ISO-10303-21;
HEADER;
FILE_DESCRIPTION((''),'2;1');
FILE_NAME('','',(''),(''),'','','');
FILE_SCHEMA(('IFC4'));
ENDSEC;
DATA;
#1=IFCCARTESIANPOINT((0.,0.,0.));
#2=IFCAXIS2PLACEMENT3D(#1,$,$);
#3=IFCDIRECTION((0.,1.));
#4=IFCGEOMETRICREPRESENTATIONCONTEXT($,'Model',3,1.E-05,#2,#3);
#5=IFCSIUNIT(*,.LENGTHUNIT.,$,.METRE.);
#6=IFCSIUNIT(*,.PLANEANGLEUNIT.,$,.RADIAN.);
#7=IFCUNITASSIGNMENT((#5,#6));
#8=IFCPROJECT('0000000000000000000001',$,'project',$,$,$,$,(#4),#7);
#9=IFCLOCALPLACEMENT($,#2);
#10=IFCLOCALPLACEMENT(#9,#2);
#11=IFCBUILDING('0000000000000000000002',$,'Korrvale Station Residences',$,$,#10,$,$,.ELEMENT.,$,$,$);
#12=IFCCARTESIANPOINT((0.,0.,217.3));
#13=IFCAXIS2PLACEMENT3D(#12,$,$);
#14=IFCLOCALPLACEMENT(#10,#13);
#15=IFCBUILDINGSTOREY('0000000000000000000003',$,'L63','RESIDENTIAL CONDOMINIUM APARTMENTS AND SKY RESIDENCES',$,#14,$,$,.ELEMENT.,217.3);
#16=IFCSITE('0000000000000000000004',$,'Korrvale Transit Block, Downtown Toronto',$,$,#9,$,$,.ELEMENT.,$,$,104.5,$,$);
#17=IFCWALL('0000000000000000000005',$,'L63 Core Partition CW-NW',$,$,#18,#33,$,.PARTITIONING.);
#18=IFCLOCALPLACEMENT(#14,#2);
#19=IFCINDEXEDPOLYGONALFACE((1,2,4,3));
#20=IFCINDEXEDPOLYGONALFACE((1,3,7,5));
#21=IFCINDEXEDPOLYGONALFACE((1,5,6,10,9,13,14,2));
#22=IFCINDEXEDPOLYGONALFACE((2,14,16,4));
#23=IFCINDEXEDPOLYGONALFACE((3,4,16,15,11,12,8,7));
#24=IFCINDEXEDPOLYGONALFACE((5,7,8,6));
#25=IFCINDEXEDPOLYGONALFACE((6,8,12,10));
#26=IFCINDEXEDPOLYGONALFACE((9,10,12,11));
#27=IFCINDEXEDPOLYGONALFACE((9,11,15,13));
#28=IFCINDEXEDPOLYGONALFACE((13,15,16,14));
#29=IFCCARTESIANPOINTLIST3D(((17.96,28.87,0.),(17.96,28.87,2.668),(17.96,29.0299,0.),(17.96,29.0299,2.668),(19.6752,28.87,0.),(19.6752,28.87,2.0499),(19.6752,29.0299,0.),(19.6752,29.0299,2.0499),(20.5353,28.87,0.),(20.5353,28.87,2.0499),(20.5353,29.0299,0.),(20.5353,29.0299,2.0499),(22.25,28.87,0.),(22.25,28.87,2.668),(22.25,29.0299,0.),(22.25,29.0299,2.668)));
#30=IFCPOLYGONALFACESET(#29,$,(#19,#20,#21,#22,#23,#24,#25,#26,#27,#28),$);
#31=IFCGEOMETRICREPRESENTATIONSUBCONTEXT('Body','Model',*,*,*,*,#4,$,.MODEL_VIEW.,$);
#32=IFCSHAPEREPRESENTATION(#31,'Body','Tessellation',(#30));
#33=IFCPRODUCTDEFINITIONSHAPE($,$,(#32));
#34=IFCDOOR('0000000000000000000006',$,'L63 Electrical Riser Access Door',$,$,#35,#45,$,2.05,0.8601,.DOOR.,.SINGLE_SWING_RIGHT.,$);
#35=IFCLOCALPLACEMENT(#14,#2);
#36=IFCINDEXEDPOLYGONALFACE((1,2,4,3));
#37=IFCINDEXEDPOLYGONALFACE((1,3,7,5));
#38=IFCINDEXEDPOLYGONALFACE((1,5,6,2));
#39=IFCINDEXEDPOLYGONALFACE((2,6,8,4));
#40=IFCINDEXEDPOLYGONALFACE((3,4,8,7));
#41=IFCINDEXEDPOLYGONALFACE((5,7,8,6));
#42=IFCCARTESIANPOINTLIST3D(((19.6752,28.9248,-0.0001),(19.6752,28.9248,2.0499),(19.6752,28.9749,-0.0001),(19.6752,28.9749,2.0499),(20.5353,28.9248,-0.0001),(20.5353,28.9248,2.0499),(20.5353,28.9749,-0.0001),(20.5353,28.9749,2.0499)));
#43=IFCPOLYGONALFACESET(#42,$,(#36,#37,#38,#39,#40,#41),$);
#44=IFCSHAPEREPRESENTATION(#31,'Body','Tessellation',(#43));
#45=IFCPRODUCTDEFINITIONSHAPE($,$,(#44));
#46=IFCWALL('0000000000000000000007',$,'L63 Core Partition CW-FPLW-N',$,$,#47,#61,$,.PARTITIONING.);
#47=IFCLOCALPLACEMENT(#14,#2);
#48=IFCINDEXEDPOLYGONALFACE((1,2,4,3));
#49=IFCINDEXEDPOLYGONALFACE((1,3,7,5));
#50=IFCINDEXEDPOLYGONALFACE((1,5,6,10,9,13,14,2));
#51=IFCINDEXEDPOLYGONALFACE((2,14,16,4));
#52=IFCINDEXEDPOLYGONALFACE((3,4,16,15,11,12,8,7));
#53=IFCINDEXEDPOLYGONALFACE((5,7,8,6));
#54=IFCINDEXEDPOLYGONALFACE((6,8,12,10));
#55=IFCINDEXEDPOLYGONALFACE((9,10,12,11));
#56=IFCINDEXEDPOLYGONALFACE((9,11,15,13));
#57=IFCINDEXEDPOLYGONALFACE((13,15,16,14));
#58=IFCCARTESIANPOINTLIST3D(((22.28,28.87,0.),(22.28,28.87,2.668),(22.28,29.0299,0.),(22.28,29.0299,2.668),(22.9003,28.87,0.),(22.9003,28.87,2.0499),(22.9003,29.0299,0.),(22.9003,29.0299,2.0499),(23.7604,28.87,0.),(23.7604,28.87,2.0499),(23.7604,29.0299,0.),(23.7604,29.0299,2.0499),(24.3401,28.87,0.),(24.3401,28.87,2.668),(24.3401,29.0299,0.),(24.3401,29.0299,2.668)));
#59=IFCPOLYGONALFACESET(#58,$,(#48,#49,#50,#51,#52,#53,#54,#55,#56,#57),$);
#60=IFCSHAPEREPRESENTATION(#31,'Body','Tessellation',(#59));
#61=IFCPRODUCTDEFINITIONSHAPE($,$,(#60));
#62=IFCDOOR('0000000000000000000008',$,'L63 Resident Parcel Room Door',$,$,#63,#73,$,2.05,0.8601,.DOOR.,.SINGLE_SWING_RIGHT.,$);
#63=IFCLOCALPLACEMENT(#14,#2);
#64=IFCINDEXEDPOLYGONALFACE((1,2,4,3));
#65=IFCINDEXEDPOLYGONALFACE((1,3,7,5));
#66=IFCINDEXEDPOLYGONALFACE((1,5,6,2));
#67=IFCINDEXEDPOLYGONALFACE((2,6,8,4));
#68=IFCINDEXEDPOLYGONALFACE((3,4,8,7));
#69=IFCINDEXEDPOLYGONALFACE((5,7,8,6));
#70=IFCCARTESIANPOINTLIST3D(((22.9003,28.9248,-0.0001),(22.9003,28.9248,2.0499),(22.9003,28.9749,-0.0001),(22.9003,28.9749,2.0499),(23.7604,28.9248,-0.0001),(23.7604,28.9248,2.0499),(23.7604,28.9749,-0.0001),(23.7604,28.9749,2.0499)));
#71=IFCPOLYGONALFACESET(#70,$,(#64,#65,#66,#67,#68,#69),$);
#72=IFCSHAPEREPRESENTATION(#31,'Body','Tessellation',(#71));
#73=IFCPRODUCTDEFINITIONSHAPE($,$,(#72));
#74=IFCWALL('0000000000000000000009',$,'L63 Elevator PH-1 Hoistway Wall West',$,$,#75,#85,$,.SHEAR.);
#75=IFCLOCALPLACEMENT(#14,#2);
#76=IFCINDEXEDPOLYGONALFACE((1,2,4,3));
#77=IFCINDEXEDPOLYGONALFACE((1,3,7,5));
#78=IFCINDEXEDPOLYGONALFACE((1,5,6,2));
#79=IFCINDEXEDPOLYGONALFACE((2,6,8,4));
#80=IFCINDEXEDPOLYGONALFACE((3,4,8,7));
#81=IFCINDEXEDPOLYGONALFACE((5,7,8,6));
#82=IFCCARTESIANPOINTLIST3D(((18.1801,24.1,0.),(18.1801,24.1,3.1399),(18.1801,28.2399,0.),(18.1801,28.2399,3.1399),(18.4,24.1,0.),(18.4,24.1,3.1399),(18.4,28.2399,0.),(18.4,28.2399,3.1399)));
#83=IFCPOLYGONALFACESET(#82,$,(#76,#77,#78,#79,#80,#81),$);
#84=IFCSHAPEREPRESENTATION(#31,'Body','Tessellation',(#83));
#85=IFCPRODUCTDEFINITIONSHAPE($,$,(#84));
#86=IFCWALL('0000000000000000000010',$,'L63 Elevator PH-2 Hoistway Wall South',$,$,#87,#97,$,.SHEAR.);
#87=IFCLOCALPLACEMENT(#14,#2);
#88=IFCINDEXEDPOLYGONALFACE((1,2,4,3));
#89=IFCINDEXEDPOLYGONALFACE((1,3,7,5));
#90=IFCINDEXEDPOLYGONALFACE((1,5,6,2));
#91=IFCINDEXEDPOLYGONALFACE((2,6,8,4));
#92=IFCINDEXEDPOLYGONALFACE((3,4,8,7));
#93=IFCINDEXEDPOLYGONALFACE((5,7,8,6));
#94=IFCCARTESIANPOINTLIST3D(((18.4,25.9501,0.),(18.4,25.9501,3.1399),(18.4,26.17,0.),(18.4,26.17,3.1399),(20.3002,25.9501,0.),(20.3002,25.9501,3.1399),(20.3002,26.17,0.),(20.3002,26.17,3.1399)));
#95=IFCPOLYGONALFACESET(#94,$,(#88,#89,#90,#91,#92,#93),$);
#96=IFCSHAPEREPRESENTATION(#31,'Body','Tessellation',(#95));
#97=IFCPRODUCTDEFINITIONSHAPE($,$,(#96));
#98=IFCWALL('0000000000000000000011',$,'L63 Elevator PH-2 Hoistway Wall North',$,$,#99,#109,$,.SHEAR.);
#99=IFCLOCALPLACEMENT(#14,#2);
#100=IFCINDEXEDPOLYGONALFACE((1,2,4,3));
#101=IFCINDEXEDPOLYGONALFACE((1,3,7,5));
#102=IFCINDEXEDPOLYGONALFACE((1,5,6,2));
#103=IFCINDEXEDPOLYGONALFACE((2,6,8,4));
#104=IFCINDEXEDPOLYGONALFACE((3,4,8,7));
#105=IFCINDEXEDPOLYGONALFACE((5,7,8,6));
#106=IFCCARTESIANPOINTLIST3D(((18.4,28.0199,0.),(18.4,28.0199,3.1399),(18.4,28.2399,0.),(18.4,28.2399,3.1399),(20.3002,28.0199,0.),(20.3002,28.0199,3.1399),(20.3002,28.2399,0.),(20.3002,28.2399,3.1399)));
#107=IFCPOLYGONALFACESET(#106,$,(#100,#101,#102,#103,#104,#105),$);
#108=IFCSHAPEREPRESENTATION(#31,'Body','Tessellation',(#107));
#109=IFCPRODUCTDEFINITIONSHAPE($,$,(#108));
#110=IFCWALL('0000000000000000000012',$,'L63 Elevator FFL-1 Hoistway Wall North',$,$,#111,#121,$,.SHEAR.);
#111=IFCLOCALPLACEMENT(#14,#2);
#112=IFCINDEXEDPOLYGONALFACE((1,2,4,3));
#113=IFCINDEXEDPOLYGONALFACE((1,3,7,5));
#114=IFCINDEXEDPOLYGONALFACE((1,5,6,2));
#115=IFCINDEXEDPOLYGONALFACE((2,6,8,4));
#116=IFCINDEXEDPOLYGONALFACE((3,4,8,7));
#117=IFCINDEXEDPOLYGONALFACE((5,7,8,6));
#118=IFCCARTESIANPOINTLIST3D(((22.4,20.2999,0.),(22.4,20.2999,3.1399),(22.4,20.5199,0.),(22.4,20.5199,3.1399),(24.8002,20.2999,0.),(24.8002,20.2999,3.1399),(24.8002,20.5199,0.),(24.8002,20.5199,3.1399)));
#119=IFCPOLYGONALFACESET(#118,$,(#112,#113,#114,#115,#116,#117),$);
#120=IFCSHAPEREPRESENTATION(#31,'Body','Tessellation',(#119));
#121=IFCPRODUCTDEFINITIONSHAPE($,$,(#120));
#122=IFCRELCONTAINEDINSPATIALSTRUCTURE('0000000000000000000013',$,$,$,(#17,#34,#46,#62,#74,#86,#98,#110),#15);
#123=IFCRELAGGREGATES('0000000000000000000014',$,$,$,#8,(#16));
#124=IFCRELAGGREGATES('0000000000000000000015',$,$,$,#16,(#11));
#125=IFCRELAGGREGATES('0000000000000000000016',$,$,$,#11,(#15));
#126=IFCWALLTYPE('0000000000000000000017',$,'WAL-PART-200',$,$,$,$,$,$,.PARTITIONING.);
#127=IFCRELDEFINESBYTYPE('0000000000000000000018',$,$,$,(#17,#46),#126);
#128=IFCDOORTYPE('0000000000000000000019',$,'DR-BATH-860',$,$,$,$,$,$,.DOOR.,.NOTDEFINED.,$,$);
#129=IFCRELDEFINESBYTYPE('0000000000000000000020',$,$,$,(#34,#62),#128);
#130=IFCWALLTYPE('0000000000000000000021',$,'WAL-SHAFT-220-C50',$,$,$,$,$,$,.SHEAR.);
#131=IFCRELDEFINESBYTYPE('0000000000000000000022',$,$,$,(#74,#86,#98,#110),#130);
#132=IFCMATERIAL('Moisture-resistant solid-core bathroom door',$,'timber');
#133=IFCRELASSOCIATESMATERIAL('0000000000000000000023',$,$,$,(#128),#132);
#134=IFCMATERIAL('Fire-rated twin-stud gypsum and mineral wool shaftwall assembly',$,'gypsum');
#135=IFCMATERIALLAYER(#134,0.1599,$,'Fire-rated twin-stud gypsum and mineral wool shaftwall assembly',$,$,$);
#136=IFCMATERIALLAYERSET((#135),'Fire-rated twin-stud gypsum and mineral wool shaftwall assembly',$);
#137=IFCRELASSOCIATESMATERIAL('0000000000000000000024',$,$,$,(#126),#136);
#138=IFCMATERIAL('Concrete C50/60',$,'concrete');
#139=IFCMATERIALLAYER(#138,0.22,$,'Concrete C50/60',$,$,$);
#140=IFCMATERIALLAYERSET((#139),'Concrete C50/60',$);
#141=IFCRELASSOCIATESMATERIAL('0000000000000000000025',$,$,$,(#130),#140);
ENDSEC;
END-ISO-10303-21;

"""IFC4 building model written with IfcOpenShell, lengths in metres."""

from ifc_helpers import new_model, si_unit, direction, frame, frame_2d, origin, place, context, subcontext, project, spatial, rectangle, extrude, material, layer, layer_set, type_object, element, fill, save


model = new_model("IFC4")

# Units and contexts
model_context = context("Model", 3, precision=1e-05, world=origin(), true_north=direction((0.0, 1.0)))
body_context = subcontext(model_context, "Body", "Model", "MODEL_VIEW")
ifc_project = project(units=[si_unit("LENGTHUNIT", "METRE"), si_unit("PLANEANGLEUNIT", "RADIAN")], contexts=[model_context])

# Site, building, storey
site_placement = place(None, origin())
site = spatial("IfcSite", under=ifc_project, at=site_placement, Name="Korrvale Transit Block, Downtown Toronto", CompositionType="ELEMENT", RefElevation=104.5)
building_placement = place(site_placement, origin())
building = spatial("IfcBuilding", under=site, at=building_placement, Name="Korrvale Station Residences", CompositionType="ELEMENT")
storey_placement = place(building_placement, frame((0.0, 0.0, 217.3)))
storey = spatial("IfcBuildingStorey", under=building, at=storey_placement, Name="L63", Description="RESIDENTIAL CONDOMINIUM APARTMENTS AND SKY RESIDENCES", CompositionType="ELEMENT", Elevation=217.3)

# Shared definitions
ifc_material_1 = material(Name="Concrete C50/60", Category="concrete")

# Shared definitions
ifc_material_2 = material(Name="Moisture-resistant solid-core bathroom door", Category="timber")
door_type_1 = type_object("IfcDoorType", Name="DR-BATH-860", OperationType="NOTDEFINED", PredefinedType="DOOR", material=ifc_material_2)

# Shared definitions
ifc_material_3 = material(Name="Fire-rated twin-stud gypsum and mineral wool shaftwall assembly", Category="gypsum")
ifc_layer_1 = layer(ifc_material_3, 0.1599, Name="Fire-rated twin-stud gypsum and mineral wool shaftwall assembly")
ifc_layer_set_1 = layer_set([ifc_layer_1], Name="Fire-rated twin-stud gypsum and mineral wool shaftwall assembly")
wall_type_1 = type_object("IfcWallType", Name="WAL-PART-200", PredefinedType="PARTITIONING", material=ifc_layer_set_1)

# Walls, openings, doors
wall_1_placement = place(storey_placement, frame((17.96, 28.95, 0.0), z_axis=(0.0, 0.0, 1.0), x_axis=(1.0, 0.0, 0.0)))
wall_1 = element("IfcWall", 1, at=wall_1_placement, inside=storey, type_object=wall_type_1, Name="L63 Core Partition CW-NW", PredefinedType="PARTITIONING", context=body_context, shape_type="SweptSolid", body=[
    extrude(rectangle(XDim=4.29, YDim=0.1599, at=frame_2d((2.145, 0.0))), origin(), (0.0, 0.0, 1.0), 2.668),
])
opening_1_placement = place(wall_1_placement, frame((1.7151, 0.0, 0.0)))
opening_1 = element("IfcOpeningElement", 2, at=opening_1_placement, cuts=wall_1, PredefinedType="OPENING", context=body_context, shape_type="SweptSolid", body=[
    extrude(rectangle(XDim=0.8601, YDim=2.05, at=frame_2d((0.4302, 1.0249))), frame((0.0, 0.0898, 0.0), z_axis=(0.0, -1.0, 0.0), x_axis=(1.0, 0.0, 0.0)), (0.0, 0.0, 1.0), 0.1799),
])
door_1_placement = place(opening_1_placement, origin())
door_1 = element("IfcDoor", 3, at=door_1_placement, inside=storey, type_object=door_type_1, Name="L63 Electrical Riser Access Door", OperationType="SINGLE_SWING_RIGHT", OverallHeight=2.05, OverallWidth=0.8601, PredefinedType="DOOR", context=body_context, shape_type="SweptSolid", body=[
    extrude(rectangle(XDim=0.8601, YDim=2.05, at=frame_2d((0.4302, 1.0249))), frame((0.0, 0.0249, 0.0), z_axis=(0.0, -1.0, 0.0), x_axis=(1.0, 0.0, 0.0)), (0.0, 0.0, 1.0), 0.05),
])
fill(opening_1, door_1)
wall_2_placement = place(storey_placement, frame((22.28, 28.95, 0.0), z_axis=(0.0, 0.0, 1.0), x_axis=(1.0, 0.0, 0.0)))
wall_2 = element("IfcWall", 4, at=wall_2_placement, inside=storey, type_object=wall_type_1, Name="L63 Core Partition CW-FPLW-N", PredefinedType="PARTITIONING", context=body_context, shape_type="SweptSolid", body=[
    extrude(rectangle(XDim=2.0601, YDim=0.1599, at=frame_2d((1.03, 0.0))), origin(), (0.0, 0.0, 1.0), 2.668),
])
opening_2_placement = place(wall_2_placement, frame((0.6201, 0.0, 0.0)))
opening_2 = element("IfcOpeningElement", 5, at=opening_2_placement, cuts=wall_2, PredefinedType="OPENING", context=body_context, shape_type="SweptSolid", body=[
    extrude(rectangle(XDim=0.8601, YDim=2.05, at=frame_2d((0.4302, 1.0249))), frame((0.0, 0.0898, 0.0), z_axis=(0.0, -1.0, 0.0), x_axis=(1.0, 0.0, 0.0)), (0.0, 0.0, 1.0), 0.1799),
])
door_2_placement = place(opening_2_placement, origin())
door_2 = element("IfcDoor", 6, at=door_2_placement, inside=storey, type_object=door_type_1, Name="L63 Resident Parcel Room Door", OperationType="SINGLE_SWING_RIGHT", OverallHeight=2.05, OverallWidth=0.8601, PredefinedType="DOOR", context=body_context, shape_type="SweptSolid", body=[
    extrude(rectangle(XDim=0.8601, YDim=2.05, at=frame_2d((0.4302, 1.0249))), frame((0.0, 0.0249, 0.0), z_axis=(0.0, -1.0, 0.0), x_axis=(1.0, 0.0, 0.0)), (0.0, 0.0, 1.0), 0.05),
])
fill(opening_2, door_2)

# Wall
ifc_layer_2 = layer(ifc_material_1, 0.22, Name="Concrete C50/60")
ifc_layer_set_2 = layer_set([ifc_layer_2], Name="Concrete C50/60")
wall_type_2 = type_object("IfcWallType", Name="WAL-SHAFT-220-C50", PredefinedType="SHEAR", material=ifc_layer_set_2)
wall_3_placement = place(storey_placement, frame((18.29, 24.1001, 0.0), z_axis=(0.0, 0.0, 1.0), x_axis=(0.0, 1.0, 0.0)))
element("IfcWall", 7, at=wall_3_placement, inside=storey, type_object=wall_type_2, Name="L63 Elevator PH-1 Hoistway Wall West", PredefinedType="SHEAR", context=body_context, shape_type="SweptSolid", body=[
    extrude(rectangle(XDim=4.1399, YDim=0.22, at=frame_2d((2.0698, 0.0))), origin(), (0.0, 0.0, 1.0), 3.1399),
])

# Walls
for number, where, z_axis, x_axis, name in (
    (8, (18.3999, 26.0601, 0.0), (0.0, 0.0, 1.0), (1.0, 0.0, 0.0), "L63 Elevator PH-2 Hoistway Wall South"),
    (9, (18.3999, 28.1299, 0.0), (0.0, 0.0, 1.0), (1.0, 0.0, 0.0), "L63 Elevator PH-2 Hoistway Wall North"),
):
    element("IfcWall", number, at=place(storey_placement, frame(where, z_axis=z_axis, x_axis=x_axis)), inside=storey, type_object=wall_type_2, Name=name, PredefinedType="SHEAR", context=body_context, shape_type="SweptSolid", body=[
        extrude(rectangle(XDim=1.9001, YDim=0.22, at=frame_2d((0.9502, 0.0))), origin(), (0.0, 0.0, 1.0), 3.1399),
    ])

# Wall
wall_4_placement = place(storey_placement, frame((22.3999, 20.4099, 0.0), z_axis=(0.0, 0.0, 1.0), x_axis=(1.0, 0.0, 0.0)))
element("IfcWall", 10, at=wall_4_placement, inside=storey, type_object=wall_type_2, Name="L63 Elevator FFL-1 Hoistway Wall North", PredefinedType="SHEAR", context=body_context, shape_type="SweptSolid", body=[
    extrude(rectangle(XDim=2.4001, YDim=0.22, at=frame_2d((1.2002, 0.0))), origin(), (0.0, 0.0, 1.0), 3.1399),
])

save(model, "model.ifc")
